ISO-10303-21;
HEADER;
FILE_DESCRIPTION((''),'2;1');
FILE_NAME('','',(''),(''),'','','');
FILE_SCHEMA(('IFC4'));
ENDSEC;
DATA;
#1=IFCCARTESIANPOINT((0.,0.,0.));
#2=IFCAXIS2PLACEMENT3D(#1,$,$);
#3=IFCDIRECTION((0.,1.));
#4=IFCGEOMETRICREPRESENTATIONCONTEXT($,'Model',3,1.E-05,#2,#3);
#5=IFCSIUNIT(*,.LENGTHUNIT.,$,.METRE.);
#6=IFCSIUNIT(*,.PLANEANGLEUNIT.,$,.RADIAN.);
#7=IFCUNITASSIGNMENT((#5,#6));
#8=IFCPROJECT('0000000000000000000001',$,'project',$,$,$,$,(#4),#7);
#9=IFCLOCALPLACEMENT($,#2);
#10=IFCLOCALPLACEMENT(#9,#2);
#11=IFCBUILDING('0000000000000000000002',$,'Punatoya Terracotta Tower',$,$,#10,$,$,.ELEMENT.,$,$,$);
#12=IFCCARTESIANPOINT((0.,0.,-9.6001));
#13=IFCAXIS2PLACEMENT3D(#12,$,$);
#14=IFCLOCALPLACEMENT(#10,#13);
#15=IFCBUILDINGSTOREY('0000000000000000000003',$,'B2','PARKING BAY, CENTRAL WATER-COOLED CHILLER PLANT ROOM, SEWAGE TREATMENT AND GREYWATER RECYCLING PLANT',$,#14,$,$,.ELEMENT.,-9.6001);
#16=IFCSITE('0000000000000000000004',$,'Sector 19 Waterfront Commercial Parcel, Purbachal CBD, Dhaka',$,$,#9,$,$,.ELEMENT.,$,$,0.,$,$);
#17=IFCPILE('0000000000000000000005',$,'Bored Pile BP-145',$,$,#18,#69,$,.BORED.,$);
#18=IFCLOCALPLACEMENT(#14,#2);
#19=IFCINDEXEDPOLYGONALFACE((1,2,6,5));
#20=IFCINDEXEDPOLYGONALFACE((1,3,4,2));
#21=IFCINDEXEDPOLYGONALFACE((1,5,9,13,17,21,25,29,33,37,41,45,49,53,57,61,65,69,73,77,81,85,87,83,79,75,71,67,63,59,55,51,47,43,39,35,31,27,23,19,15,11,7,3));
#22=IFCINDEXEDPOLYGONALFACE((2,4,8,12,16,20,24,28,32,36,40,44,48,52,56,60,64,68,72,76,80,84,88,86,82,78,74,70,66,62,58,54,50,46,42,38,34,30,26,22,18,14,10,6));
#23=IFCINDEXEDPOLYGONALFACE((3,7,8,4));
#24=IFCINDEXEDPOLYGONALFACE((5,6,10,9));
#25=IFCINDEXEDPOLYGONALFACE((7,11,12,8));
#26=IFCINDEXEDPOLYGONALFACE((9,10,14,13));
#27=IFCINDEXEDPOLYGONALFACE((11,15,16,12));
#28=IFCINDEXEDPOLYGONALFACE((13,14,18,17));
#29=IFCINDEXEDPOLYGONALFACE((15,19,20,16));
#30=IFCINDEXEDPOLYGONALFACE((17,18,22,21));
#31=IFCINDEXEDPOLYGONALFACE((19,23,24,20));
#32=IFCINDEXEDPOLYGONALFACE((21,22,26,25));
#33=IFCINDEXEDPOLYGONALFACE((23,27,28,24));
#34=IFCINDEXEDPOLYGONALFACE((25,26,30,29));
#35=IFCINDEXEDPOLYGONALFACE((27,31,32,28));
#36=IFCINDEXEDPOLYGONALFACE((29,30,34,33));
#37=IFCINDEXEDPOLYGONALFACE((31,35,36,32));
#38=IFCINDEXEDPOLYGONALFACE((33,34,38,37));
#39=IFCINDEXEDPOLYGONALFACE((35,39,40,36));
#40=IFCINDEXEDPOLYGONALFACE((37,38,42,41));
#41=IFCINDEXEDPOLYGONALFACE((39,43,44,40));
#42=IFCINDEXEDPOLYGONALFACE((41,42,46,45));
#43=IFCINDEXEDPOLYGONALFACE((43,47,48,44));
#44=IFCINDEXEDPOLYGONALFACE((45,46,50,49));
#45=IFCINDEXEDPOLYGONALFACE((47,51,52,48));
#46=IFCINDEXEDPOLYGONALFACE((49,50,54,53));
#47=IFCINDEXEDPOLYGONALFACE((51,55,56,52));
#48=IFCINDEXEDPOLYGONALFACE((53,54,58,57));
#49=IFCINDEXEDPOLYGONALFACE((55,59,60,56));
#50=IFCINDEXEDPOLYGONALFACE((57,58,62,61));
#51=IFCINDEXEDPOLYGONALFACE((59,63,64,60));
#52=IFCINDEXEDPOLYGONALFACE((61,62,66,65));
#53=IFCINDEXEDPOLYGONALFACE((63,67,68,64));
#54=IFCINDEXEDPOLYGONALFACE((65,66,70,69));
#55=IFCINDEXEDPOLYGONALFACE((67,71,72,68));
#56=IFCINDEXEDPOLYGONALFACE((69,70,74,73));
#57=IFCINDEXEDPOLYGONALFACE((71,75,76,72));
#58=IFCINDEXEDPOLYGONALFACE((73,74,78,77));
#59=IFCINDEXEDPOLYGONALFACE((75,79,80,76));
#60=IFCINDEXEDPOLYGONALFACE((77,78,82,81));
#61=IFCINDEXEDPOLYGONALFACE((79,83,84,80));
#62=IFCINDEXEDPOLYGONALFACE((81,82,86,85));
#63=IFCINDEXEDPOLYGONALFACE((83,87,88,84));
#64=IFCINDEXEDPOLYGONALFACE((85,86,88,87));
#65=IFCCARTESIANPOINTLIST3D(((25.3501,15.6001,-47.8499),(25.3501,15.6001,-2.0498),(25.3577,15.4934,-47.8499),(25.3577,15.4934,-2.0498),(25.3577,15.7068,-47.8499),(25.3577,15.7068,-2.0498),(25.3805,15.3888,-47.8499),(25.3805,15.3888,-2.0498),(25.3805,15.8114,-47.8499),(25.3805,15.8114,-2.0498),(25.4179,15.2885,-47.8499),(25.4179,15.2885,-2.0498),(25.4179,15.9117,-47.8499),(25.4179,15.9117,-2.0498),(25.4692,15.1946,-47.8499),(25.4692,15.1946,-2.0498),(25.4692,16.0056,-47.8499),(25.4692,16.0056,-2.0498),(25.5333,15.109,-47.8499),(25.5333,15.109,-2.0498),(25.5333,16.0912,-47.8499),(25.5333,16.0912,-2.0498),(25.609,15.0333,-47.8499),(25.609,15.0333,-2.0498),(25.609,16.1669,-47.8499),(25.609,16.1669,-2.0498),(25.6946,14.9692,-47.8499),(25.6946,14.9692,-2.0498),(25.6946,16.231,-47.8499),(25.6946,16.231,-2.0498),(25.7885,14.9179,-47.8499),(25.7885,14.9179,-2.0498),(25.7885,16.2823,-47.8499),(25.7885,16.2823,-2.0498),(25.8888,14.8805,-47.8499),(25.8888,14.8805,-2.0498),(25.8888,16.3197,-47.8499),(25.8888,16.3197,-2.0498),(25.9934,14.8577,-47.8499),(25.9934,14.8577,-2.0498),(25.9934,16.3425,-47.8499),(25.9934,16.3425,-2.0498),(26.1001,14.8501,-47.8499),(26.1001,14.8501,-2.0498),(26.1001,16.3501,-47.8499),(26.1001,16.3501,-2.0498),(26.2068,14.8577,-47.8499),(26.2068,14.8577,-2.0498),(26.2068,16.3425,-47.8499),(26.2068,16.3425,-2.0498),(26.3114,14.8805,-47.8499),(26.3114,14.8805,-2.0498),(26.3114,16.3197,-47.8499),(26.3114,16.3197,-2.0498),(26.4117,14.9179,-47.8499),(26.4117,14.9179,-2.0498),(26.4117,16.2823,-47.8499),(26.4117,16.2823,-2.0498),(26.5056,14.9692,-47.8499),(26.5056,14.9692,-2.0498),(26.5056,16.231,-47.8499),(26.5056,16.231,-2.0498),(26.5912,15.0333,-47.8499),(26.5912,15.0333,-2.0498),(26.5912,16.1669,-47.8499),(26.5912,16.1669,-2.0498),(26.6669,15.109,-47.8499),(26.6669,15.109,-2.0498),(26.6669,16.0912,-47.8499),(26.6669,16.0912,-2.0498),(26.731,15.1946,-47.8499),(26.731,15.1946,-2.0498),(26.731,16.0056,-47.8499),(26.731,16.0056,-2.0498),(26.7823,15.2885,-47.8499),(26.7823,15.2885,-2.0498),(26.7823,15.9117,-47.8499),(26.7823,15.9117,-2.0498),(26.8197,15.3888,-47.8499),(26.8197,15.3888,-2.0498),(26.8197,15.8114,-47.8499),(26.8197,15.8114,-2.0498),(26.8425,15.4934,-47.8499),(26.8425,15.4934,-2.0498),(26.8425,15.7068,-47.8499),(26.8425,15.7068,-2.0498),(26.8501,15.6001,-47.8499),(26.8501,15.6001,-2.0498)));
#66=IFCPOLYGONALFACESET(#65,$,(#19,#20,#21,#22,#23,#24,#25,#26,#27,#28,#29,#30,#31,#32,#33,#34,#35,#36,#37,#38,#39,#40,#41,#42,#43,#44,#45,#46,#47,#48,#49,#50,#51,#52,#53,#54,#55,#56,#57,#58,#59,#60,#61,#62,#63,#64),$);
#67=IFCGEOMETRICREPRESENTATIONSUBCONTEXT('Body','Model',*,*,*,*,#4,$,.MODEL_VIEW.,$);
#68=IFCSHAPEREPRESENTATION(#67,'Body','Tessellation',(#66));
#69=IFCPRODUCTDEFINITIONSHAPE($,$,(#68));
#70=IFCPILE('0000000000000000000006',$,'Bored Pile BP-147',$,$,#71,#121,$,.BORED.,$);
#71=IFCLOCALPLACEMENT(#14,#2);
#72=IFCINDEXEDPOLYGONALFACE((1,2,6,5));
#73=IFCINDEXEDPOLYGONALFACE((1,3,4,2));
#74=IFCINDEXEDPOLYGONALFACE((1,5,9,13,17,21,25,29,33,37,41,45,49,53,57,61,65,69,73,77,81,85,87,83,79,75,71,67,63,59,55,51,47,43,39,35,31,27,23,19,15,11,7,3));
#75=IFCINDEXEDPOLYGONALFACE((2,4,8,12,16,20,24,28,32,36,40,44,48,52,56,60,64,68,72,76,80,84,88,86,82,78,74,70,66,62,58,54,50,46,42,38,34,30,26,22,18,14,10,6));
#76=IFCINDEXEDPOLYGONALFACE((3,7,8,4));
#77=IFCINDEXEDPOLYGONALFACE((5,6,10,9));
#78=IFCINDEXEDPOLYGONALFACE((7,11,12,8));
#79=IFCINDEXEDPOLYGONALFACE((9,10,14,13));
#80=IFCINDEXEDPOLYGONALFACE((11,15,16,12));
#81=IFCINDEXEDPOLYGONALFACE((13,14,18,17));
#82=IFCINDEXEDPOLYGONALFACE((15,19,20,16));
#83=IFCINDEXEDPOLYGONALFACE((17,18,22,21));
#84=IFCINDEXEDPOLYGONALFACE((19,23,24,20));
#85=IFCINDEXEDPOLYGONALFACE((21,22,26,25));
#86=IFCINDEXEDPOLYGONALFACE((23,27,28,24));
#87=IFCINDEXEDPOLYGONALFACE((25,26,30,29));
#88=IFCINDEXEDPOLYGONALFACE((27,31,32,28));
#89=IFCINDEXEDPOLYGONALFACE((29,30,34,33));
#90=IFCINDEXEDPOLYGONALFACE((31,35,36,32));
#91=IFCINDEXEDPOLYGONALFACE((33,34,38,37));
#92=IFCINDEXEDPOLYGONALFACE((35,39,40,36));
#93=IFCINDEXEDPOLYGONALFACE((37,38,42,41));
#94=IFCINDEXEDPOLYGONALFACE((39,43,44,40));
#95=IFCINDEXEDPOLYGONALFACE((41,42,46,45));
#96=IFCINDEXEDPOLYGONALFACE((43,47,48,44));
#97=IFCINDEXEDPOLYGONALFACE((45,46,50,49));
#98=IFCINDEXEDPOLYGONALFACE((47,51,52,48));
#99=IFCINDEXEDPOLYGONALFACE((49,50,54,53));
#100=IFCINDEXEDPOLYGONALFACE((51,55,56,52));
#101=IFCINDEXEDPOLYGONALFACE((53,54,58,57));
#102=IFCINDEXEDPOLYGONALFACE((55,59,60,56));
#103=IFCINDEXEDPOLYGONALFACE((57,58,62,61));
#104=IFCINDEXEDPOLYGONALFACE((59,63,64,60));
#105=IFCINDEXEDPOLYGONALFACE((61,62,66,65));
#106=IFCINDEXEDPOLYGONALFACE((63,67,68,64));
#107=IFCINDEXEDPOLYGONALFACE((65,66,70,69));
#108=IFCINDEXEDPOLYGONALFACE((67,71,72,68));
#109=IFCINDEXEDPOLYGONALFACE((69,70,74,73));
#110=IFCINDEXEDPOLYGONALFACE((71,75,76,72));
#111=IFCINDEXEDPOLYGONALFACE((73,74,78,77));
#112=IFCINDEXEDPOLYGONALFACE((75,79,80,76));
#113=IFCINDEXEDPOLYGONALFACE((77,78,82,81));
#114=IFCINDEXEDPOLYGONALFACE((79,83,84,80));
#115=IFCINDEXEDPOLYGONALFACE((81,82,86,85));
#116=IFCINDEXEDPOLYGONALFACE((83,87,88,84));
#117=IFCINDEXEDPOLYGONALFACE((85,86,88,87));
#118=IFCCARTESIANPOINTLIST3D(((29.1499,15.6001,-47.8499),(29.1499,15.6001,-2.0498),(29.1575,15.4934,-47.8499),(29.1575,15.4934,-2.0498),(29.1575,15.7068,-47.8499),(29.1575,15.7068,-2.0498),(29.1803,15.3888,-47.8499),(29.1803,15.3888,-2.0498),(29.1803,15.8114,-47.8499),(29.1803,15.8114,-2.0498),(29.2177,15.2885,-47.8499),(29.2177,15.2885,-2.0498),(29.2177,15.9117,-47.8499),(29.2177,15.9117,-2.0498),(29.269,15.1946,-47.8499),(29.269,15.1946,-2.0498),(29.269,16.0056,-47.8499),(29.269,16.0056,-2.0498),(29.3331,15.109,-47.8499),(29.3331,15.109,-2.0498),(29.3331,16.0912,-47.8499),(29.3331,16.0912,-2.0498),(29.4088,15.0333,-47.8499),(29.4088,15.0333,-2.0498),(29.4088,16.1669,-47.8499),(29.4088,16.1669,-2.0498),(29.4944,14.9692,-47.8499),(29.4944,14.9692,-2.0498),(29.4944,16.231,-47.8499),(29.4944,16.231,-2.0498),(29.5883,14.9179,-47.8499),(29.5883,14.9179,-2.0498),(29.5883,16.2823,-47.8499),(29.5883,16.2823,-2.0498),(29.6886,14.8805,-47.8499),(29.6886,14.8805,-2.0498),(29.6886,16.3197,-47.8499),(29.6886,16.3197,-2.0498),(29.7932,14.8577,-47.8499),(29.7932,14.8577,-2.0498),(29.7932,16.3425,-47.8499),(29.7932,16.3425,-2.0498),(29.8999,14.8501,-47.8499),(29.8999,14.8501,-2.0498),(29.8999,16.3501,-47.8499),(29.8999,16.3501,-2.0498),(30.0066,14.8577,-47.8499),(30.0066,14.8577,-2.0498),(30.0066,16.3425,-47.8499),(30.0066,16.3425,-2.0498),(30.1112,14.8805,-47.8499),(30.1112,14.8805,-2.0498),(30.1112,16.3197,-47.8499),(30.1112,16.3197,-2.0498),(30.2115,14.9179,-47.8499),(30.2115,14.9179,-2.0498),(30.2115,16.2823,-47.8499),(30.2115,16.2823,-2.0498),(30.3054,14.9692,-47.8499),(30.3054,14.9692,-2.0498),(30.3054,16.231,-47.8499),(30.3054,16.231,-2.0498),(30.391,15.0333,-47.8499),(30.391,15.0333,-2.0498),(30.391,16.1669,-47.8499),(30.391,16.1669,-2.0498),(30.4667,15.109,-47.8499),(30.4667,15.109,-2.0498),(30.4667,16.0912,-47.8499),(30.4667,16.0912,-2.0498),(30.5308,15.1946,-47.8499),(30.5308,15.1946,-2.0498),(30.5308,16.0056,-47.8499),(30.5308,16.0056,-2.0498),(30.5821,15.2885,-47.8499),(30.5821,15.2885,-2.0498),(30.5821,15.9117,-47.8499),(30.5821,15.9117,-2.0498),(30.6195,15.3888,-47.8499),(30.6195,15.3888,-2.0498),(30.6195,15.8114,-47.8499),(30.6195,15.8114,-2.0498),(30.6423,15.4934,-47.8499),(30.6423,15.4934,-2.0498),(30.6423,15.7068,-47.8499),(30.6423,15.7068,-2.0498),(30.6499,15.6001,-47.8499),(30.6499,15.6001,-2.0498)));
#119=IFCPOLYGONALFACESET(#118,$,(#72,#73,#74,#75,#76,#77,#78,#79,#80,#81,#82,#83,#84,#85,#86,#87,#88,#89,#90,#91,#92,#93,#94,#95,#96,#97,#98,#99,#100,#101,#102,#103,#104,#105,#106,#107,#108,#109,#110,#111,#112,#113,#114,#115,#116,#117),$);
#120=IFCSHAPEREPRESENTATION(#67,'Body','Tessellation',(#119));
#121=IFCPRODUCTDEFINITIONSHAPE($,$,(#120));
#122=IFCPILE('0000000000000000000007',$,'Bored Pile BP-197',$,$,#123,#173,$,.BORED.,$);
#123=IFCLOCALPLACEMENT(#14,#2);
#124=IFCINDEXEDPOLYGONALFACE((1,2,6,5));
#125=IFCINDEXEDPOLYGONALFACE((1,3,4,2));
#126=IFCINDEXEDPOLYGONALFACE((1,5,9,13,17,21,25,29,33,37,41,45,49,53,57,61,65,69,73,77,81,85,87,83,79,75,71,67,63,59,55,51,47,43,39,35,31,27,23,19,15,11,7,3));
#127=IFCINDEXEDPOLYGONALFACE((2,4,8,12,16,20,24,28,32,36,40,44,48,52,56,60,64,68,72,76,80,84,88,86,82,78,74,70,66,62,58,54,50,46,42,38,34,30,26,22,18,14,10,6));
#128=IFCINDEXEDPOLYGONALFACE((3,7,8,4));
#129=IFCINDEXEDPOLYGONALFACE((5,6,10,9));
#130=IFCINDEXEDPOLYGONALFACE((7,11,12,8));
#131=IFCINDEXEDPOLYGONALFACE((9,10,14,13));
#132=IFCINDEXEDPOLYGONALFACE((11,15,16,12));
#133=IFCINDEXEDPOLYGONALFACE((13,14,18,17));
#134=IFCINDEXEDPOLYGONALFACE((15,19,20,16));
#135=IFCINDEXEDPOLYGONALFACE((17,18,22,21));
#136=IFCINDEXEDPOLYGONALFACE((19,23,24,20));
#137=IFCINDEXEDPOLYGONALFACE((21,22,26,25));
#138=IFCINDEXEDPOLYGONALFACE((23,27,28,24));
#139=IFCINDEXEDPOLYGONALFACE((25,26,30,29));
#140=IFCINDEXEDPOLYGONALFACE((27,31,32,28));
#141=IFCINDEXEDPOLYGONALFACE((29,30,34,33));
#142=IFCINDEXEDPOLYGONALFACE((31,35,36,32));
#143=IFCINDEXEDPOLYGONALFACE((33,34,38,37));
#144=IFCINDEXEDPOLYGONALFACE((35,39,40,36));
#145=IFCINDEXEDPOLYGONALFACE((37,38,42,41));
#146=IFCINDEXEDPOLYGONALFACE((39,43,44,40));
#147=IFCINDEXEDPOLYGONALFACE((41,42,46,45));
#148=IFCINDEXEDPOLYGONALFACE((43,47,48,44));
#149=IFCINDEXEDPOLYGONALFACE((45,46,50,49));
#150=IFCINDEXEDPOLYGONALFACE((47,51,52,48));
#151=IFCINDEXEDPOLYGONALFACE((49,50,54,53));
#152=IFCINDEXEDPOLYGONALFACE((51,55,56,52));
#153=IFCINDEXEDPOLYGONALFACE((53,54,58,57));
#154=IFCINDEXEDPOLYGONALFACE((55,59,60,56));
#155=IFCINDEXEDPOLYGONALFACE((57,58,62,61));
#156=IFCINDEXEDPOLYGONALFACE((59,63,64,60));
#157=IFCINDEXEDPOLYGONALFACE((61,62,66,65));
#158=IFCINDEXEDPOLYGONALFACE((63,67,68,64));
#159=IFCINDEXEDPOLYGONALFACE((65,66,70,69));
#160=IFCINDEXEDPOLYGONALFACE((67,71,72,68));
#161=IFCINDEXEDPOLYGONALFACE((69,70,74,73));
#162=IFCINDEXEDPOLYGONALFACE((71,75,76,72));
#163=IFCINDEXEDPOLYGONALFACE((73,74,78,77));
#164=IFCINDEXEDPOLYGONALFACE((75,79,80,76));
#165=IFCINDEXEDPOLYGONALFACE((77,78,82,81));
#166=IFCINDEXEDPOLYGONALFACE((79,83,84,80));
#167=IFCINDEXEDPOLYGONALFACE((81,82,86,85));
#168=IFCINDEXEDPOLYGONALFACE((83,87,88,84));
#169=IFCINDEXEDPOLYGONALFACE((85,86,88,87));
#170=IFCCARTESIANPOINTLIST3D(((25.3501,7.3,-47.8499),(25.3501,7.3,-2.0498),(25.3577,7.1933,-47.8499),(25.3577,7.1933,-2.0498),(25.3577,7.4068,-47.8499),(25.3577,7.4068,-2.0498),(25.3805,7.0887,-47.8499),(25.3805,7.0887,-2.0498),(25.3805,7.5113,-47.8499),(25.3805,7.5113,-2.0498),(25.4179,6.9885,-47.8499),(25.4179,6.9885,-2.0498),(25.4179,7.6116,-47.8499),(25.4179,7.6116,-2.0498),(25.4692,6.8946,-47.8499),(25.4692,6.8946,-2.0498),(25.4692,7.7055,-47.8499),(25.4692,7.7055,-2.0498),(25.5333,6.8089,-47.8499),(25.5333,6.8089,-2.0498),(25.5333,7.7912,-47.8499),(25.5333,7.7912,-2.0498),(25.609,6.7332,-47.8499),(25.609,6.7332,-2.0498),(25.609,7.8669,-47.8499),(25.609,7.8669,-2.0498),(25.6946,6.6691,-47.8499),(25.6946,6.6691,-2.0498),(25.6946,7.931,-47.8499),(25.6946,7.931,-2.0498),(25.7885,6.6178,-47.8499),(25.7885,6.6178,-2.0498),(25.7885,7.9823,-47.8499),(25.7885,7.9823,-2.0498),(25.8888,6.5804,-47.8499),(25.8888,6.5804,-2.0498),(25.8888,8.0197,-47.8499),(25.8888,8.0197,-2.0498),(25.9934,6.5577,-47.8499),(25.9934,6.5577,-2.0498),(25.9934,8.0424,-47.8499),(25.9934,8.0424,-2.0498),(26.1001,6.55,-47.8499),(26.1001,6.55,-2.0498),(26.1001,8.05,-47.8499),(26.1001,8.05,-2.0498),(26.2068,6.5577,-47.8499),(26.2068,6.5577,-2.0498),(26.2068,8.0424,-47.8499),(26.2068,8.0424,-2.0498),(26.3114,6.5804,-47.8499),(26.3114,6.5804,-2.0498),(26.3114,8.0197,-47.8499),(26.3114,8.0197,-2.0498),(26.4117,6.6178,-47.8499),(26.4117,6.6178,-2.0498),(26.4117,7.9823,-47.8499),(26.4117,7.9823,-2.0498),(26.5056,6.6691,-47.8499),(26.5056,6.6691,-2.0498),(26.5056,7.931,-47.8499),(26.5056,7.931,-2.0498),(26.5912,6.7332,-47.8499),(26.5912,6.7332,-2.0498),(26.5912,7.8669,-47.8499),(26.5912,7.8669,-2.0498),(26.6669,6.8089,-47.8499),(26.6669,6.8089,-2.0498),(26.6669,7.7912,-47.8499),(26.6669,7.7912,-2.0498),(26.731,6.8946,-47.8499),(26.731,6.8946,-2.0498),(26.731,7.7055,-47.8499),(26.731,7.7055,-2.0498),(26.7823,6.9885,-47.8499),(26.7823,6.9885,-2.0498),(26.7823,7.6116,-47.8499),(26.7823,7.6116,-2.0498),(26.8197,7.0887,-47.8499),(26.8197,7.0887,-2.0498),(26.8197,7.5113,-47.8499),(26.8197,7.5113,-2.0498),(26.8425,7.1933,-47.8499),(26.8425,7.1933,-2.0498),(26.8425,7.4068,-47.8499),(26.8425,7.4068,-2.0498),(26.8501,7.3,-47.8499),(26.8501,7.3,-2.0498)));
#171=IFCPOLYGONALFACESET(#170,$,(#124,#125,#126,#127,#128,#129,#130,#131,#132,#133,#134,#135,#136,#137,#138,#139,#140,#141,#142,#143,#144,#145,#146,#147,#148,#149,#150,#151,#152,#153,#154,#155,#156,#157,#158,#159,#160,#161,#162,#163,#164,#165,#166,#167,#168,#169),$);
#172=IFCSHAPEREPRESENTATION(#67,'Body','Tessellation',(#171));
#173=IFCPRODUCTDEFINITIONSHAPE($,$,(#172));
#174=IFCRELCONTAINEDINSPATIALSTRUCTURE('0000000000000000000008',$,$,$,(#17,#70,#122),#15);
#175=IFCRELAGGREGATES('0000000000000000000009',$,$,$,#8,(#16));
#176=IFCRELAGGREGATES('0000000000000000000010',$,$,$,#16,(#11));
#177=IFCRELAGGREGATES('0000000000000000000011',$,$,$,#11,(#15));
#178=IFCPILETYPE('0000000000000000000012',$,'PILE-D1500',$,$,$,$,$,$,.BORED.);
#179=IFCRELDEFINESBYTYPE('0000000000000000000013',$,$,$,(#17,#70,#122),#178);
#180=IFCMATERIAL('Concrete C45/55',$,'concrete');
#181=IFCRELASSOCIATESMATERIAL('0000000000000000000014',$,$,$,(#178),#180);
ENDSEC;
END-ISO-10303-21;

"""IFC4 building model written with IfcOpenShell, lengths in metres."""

from ifc_helpers import new_model, si_unit, direction, frame, origin, origin_2d, place, context, subcontext, project, spatial, circle, extrude, material, material_profile, profile_set, type_object, element, save


model = new_model("IFC4")

# Units and contexts
model_context = context("Model", 3, precision=1e-05, world=origin(), true_north=direction((0.0, 1.0)))
body_context = subcontext(model_context, "Body", "Model", "MODEL_VIEW")
ifc_project = project(units=[si_unit("LENGTHUNIT", "METRE"), si_unit("PLANEANGLEUNIT", "RADIAN")], contexts=[model_context])

# Site, building, storey
site_placement = place(None, origin())
site = spatial("IfcSite", under=ifc_project, at=site_placement, Name="Sector 19 Waterfront Commercial Parcel, Purbachal CBD, Dhaka", CompositionType="ELEMENT", RefElevation=0.0)
building_placement = place(site_placement, origin())
building = spatial("IfcBuilding", under=site, at=building_placement, Name="Punatoya Terracotta Tower", CompositionType="ELEMENT")
storey_placement = place(building_placement, frame((0.0, 0.0, -9.6001)))
storey = spatial("IfcBuildingStorey", under=building, at=storey_placement, Name="B2", Description="PARKING BAY, CENTRAL WATER-COOLED CHILLER PLANT ROOM, SEWAGE TREATMENT AND GREYWATER RECYCLING PLANT", CompositionType="ELEMENT", Elevation=-9.6001)

# Shared definitions
ifc_material_1 = material(Name="Concrete C45/55", Category="concrete")

# Piles
ifc_material_profile_1 = material_profile(ifc_material_1, circle(Radius=0.75, at=origin_2d()))
ifc_profile_set_1 = profile_set([ifc_material_profile_1], Name="Concrete C45/55")
pile_type_1 = type_object("IfcPileType", Name="PILE-D1500", PredefinedType="BORED", material=ifc_profile_set_1)
for number, where, z_axis, x_axis, name in (
    (1, (26.1001, 15.6001, -2.0498), (0.0, 0.0, -1.0), (1.0, 0.0, 0.0), "Bored Pile BP-145"),
    (2, (29.8999, 15.6001, -2.0498), (0.0, 0.0, -1.0), (1.0, 0.0, 0.0), "Bored Pile BP-147"),
    (3, (26.1001, 7.3, -2.0498), (0.0, 0.0, -1.0), (1.0, 0.0, 0.0), "Bored Pile BP-197"),
):
    element("IfcPile", number, at=place(storey_placement, frame(where, z_axis=z_axis, x_axis=x_axis)), inside=storey, type_object=pile_type_1, Name=name, PredefinedType="BORED", context=body_context, shape_type="SweptSolid", body=[
        extrude(circle(Radius=0.75, at=origin_2d()), origin(), (0.0, 0.0, 1.0), 45.8),
    ])

save(model, "model.ifc")
